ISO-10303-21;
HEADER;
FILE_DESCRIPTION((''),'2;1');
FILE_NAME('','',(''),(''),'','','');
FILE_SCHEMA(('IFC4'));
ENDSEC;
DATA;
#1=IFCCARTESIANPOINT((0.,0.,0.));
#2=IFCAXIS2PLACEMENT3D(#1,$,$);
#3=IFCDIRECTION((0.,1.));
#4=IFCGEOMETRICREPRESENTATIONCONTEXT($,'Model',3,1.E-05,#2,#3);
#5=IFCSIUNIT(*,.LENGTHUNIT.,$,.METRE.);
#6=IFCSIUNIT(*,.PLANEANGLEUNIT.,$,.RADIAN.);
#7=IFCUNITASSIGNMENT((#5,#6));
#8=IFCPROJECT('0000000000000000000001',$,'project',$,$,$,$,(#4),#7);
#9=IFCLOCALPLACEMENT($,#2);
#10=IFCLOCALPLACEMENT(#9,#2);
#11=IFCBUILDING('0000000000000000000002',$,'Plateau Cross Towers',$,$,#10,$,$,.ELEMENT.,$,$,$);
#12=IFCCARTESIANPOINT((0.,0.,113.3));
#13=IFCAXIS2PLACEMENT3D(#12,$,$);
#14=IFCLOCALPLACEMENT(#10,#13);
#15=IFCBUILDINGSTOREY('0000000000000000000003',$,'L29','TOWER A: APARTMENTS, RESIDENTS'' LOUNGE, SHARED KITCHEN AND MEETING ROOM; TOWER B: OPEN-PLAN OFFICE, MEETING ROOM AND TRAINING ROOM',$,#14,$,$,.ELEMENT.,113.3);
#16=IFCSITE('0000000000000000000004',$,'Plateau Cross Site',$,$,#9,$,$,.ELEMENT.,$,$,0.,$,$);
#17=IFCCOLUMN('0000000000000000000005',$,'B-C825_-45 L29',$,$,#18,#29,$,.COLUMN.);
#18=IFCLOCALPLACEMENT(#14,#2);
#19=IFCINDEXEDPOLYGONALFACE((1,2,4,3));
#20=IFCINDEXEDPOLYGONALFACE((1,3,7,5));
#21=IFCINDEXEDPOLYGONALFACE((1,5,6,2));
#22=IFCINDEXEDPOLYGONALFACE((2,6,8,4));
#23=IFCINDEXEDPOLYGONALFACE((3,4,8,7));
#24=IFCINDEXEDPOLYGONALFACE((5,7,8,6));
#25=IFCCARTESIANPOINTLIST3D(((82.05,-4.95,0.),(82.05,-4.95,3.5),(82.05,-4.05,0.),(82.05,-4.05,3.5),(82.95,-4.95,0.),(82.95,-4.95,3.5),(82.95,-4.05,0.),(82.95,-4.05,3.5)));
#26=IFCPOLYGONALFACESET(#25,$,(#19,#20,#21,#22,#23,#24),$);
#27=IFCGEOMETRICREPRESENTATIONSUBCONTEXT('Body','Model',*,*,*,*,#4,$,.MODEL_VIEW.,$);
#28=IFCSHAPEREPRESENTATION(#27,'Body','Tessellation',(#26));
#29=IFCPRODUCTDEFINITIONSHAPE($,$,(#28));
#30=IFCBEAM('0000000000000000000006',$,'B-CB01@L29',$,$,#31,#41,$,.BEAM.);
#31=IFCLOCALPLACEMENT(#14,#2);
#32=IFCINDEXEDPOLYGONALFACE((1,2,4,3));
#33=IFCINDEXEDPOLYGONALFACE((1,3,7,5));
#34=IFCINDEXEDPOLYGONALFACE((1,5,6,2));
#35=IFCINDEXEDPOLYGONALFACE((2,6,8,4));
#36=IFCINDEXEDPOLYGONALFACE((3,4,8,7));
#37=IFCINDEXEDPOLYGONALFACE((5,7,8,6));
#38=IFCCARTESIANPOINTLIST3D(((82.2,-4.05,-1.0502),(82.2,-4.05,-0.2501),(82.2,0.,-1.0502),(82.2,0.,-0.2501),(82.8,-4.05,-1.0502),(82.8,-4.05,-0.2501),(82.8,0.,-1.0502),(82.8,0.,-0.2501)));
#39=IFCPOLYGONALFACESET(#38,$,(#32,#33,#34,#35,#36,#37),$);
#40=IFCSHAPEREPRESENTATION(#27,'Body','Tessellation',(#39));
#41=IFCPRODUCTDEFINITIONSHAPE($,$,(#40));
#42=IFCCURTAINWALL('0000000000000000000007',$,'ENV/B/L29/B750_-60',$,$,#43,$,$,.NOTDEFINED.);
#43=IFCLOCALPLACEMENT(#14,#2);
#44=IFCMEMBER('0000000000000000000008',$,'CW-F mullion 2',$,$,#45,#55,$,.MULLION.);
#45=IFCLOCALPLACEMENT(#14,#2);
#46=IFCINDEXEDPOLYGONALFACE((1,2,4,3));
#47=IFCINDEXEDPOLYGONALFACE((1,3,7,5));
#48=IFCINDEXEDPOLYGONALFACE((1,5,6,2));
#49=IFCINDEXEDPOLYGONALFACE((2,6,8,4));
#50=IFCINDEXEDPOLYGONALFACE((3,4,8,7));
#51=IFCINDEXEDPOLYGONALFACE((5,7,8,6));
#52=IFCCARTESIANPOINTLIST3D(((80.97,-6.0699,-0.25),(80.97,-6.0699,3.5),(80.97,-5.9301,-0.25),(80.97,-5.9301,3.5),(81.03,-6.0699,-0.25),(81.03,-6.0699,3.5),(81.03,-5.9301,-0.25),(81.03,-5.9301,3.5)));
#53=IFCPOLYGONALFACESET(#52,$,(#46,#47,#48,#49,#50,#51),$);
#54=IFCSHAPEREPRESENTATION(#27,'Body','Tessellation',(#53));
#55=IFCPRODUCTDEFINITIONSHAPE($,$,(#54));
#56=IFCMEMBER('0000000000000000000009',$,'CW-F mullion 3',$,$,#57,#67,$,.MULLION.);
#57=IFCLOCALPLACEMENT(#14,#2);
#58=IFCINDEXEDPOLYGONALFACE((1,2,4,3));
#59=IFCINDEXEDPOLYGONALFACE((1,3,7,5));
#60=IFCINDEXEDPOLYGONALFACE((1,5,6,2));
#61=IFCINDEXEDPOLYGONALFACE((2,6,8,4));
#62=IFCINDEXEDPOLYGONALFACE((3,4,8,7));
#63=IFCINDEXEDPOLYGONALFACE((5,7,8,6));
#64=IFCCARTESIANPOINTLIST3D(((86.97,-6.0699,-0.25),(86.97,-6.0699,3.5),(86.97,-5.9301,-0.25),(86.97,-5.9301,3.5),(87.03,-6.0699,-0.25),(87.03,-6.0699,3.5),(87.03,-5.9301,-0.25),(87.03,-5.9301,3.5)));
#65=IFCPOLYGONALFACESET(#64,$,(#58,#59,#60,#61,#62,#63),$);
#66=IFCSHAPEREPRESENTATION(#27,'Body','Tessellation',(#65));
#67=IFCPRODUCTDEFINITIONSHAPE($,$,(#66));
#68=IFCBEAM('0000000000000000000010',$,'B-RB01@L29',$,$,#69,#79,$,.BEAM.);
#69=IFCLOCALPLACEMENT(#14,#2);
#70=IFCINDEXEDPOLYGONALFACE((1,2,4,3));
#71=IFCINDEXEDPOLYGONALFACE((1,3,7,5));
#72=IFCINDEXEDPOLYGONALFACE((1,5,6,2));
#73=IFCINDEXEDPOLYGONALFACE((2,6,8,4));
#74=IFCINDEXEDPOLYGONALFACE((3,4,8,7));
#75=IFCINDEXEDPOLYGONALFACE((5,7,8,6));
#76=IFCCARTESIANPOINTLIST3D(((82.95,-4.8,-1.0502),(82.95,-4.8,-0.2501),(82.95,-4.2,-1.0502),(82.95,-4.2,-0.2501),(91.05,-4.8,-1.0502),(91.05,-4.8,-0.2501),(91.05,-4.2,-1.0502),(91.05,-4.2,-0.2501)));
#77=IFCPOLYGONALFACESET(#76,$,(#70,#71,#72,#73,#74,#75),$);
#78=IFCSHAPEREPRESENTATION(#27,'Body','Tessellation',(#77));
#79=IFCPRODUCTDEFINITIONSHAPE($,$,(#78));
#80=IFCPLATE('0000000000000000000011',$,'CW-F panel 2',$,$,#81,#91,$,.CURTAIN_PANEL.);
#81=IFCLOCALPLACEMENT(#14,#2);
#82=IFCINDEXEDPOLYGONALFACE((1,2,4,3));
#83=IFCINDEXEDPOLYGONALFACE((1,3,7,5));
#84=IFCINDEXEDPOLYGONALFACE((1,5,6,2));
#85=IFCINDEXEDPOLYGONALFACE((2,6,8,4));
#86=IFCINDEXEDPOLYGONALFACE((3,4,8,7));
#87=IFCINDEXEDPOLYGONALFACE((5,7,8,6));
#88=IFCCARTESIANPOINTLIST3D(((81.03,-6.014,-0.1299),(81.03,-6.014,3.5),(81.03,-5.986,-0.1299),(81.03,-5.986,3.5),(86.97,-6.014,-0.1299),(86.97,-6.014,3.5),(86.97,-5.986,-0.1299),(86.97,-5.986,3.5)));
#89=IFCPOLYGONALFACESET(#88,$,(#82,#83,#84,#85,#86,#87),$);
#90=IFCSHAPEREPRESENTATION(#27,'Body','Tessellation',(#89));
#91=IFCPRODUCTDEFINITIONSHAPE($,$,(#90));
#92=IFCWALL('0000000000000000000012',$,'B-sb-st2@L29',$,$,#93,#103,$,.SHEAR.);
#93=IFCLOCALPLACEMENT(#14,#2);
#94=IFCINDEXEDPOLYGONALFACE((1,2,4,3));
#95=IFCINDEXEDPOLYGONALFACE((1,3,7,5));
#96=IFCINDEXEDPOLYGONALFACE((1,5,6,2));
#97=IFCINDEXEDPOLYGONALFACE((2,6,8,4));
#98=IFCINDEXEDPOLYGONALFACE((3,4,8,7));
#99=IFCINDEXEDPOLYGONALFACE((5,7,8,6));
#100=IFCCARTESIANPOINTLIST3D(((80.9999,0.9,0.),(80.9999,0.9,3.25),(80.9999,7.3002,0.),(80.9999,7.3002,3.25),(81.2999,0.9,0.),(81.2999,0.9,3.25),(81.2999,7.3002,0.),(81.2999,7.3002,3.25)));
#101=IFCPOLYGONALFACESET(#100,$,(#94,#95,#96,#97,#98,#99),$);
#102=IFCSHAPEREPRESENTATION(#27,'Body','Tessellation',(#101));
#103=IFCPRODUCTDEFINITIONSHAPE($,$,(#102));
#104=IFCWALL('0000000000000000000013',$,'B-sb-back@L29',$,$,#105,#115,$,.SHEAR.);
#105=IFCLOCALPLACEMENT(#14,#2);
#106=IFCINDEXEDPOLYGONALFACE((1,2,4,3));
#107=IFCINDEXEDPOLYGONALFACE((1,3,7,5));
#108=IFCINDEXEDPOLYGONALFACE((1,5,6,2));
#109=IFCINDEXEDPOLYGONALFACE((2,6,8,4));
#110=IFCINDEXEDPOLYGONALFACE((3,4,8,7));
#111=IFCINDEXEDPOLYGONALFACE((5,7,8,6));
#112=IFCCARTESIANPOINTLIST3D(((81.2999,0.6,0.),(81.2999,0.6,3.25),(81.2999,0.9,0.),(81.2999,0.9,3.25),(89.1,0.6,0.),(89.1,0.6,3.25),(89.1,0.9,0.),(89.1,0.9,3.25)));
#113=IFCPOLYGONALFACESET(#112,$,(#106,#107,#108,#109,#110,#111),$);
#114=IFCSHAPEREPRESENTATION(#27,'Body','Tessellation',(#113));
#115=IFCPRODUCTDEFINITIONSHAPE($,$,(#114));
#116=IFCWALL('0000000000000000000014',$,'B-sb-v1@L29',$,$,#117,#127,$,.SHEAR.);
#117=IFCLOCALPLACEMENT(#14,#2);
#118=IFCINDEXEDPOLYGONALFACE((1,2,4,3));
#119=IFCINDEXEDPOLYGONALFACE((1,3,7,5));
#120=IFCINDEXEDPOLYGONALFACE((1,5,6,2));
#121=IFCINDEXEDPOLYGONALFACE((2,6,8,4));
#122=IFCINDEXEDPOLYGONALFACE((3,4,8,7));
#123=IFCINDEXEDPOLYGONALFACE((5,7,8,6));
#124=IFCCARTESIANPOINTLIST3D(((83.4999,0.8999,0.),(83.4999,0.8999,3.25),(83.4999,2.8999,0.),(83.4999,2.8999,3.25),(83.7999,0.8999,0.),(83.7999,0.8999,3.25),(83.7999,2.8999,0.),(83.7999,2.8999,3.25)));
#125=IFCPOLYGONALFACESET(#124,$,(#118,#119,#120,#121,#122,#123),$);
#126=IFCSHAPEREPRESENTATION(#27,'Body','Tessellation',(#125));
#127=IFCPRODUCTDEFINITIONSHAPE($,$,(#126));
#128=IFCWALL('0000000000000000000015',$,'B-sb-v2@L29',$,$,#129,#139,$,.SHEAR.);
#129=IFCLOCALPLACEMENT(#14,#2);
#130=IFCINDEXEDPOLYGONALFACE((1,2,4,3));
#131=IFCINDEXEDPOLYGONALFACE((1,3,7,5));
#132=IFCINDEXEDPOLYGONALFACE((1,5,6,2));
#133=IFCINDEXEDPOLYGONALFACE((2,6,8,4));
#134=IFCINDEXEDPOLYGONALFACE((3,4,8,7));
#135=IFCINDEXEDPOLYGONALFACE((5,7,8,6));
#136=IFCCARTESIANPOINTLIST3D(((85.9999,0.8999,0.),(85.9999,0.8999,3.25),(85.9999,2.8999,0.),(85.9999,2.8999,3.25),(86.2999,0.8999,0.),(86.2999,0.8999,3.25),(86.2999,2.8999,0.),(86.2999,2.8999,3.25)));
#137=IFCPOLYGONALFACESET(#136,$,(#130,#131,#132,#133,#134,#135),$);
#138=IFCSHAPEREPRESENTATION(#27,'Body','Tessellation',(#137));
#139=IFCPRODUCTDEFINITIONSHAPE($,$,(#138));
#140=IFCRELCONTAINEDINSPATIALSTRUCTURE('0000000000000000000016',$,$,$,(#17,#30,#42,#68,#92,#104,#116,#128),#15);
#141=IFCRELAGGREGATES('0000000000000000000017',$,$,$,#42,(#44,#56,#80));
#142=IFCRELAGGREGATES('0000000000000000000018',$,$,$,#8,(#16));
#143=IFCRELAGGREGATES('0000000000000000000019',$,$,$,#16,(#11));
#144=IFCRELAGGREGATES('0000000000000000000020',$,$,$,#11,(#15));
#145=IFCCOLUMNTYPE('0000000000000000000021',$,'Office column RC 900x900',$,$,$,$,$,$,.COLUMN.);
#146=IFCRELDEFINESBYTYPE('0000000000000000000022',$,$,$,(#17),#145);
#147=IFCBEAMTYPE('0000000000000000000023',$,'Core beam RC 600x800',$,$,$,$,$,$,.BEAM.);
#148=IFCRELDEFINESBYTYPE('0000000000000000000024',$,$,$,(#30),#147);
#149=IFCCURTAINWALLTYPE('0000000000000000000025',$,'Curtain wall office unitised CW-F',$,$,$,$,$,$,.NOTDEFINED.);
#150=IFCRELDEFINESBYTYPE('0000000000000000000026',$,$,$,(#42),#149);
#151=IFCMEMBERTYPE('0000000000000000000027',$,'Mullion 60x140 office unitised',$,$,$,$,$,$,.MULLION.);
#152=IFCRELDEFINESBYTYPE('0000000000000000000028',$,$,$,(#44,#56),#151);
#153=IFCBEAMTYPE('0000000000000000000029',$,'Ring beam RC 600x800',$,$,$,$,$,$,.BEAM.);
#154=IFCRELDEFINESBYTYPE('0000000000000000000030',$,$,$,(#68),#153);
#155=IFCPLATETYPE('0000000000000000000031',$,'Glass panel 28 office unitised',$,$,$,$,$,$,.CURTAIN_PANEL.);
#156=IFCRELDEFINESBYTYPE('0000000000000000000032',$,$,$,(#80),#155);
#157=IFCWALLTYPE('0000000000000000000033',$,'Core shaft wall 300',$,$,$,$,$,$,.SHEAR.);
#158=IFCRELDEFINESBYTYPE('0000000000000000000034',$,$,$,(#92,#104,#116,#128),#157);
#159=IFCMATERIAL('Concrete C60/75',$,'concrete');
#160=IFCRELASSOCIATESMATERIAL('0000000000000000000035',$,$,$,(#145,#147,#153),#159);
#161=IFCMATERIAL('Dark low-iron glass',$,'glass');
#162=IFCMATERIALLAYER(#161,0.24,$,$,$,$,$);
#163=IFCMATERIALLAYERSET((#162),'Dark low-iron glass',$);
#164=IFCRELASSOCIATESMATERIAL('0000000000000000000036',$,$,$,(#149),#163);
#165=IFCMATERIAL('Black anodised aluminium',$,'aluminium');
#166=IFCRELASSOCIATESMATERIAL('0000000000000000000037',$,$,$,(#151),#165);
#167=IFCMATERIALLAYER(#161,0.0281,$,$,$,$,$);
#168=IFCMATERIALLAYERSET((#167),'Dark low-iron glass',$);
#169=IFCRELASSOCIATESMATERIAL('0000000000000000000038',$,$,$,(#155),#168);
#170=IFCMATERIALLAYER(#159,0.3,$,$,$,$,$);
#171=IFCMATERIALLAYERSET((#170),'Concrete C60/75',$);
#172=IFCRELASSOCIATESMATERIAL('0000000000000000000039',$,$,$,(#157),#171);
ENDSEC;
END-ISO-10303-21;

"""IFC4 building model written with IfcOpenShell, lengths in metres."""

from ifc_helpers import new_model, si_unit, direction, frame, frame_2d, origin, origin_2d, place, context, subcontext, project, spatial, rectangle, extrude, material, layer, layer_set, material_profile, profile_set, type_object, element, aggregate, save


model = new_model("IFC4")

# Units and contexts
model_context = context("Model", 3, precision=1e-05, world=origin(), true_north=direction((0.0, 1.0)))
body_context = subcontext(model_context, "Body", "Model", "MODEL_VIEW")
ifc_project = project(units=[si_unit("LENGTHUNIT", "METRE"), si_unit("PLANEANGLEUNIT", "RADIAN")], contexts=[model_context])

# Site, building, storey
site_placement = place(None, origin())
site = spatial("IfcSite", under=ifc_project, at=site_placement, Name="Plateau Cross Site", CompositionType="ELEMENT", RefElevation=0.0)
building_placement = place(site_placement, origin())
building = spatial("IfcBuilding", under=site, at=building_placement, Name="Plateau Cross Towers", CompositionType="ELEMENT")
storey_placement = place(building_placement, frame((0.0, 0.0, 113.3)))
storey = spatial("IfcBuildingStorey", under=building, at=storey_placement, Name="L29", Description="TOWER A: APARTMENTS, RESIDENTS' LOUNGE, SHARED KITCHEN AND MEETING ROOM; TOWER B: OPEN-PLAN OFFICE, MEETING ROOM AND TRAINING ROOM", CompositionType="ELEMENT", Elevation=113.3)

# Column
ifc_material_1 = material(Name="Concrete C60/75", Category="concrete")
ifc_material_profile_1 = material_profile(ifc_material_1, rectangle(XDim=0.8999, YDim=0.8999, at=origin_2d()), Name="RC 900x900")
ifc_profile_set_1 = profile_set([ifc_material_profile_1], Name="Concrete C60/75")
column_type = type_object("IfcColumnType", Name="Office column RC 900x900", PredefinedType="COLUMN", material=ifc_profile_set_1)
column_placement = place(storey_placement, frame((82.5, -4.5, 0.0), z_axis=(0.0, 0.0, 1.0), x_axis=(1.0, 0.0, 0.0)))
element("IfcColumn", 1, at=column_placement, inside=storey, type_object=column_type, Name="B-C825_-45 L29", PredefinedType="COLUMN", context=body_context, shape_type="SweptSolid", body=[
    extrude(rectangle(XDim=0.8999, YDim=0.8999, at=origin_2d()), origin(), (0.0, 0.0, 1.0), 3.5),
])

# Beam
ifc_material_profile_2 = material_profile(ifc_material_1, rectangle(XDim=0.6001, YDim=0.8, at=origin_2d()), Name="RC 600x800")
ifc_profile_set_2 = profile_set([ifc_material_profile_2], Name="Concrete C60/75")
beam_type_1 = type_object("IfcBeamType", Name="Core beam RC 600x800", PredefinedType="BEAM", material=ifc_profile_set_2)
beam_1_placement = place(storey_placement, frame((82.5, 0.0, -0.6501), z_axis=(0.0, -1.0, 0.0), x_axis=(1.0, 0.0, 0.0)))
element("IfcBeam", 2, at=beam_1_placement, inside=storey, type_object=beam_type_1, Name="B-CB01@L29", PredefinedType="BEAM", context=body_context, shape_type="SweptSolid", body=[
    extrude(rectangle(XDim=0.6001, YDim=0.8, at=origin_2d()), origin(), (0.0, 0.0, 1.0), 4.05),
])

# Curtain wall, members
ifc_material_2 = material(Name="Dark low-iron glass", Category="glass")
ifc_layer_1 = layer(ifc_material_2, 0.24)
ifc_layer_set_1 = layer_set([ifc_layer_1], Name="Dark low-iron glass")
curtain_wall_type = type_object("IfcCurtainWallType", Name="Curtain wall office unitised CW-F", PredefinedType="NOTDEFINED", material=ifc_layer_set_1)
curtain_wall_placement = place(storey_placement, origin())
curtain_wall = element("IfcCurtainWall", 3, at=curtain_wall_placement, inside=storey, type_object=curtain_wall_type, Name="ENV/B/L29/B750_-60", PredefinedType="NOTDEFINED")
ifc_material_3 = material(Name="Black anodised aluminium", Category="aluminium")
ifc_material_profile_3 = material_profile(ifc_material_3, rectangle(XDim=0.0601, YDim=0.1399, at=origin_2d()), Name="MULLION 60x140")
ifc_profile_set_3 = profile_set([ifc_material_profile_3], Name="Black anodised aluminium")
member_type = type_object("IfcMemberType", Name="Mullion 60x140 office unitised", PredefinedType="MULLION", material=ifc_profile_set_3)
member_1_placement = place(storey_placement, frame((81.0, -6.0, -0.25), z_axis=(0.0, 0.0, 1.0), x_axis=(1.0, 0.0, 0.0)))
member_1 = element("IfcMember", 4, at=member_1_placement, type_object=member_type, Name="CW-F mullion 2", PredefinedType="MULLION", context=body_context, shape_type="SweptSolid", body=[
    extrude(rectangle(XDim=0.0601, YDim=0.1399, at=origin_2d()), origin(), (0.0, 0.0, 1.0), 3.75),
])
member_2_placement = place(storey_placement, frame((87.0, -6.0, -0.25), z_axis=(0.0, 0.0, 1.0), x_axis=(1.0, 0.0, 0.0)))
member_2 = element("IfcMember", 5, at=member_2_placement, type_object=member_type, Name="CW-F mullion 3", PredefinedType="MULLION", context=body_context, shape_type="SweptSolid", body=[
    extrude(rectangle(XDim=0.0601, YDim=0.1399, at=origin_2d()), origin(), (0.0, 0.0, 1.0), 3.75),
])

# Beam
ifc_material_profile_4 = material_profile(ifc_material_1, rectangle(XDim=0.6001, YDim=0.8, at=origin_2d()), Name="RC 600x800")
ifc_profile_set_4 = profile_set([ifc_material_profile_4], Name="Concrete C60/75")
beam_type_2 = type_object("IfcBeamType", Name="Ring beam RC 600x800", PredefinedType="BEAM", material=ifc_profile_set_4)
beam_2_placement = place(storey_placement, frame((82.95, -4.5, -0.6501), z_axis=(1.0, 0.0, 0.0), x_axis=(0.0, 1.0, 0.0)))
element("IfcBeam", 6, at=beam_2_placement, inside=storey, type_object=beam_type_2, Name="B-RB01@L29", PredefinedType="BEAM", context=body_context, shape_type="SweptSolid", body=[
    extrude(rectangle(XDim=0.6001, YDim=0.8, at=origin_2d()), origin(), (0.0, 0.0, 1.0), 8.1001),
])

# Plate
ifc_layer_2 = layer(ifc_material_2, 0.0281)
ifc_layer_set_2 = layer_set([ifc_layer_2], Name="Dark low-iron glass")
plate_type = type_object("IfcPlateType", Name="Glass panel 28 office unitised", PredefinedType="CURTAIN_PANEL", material=ifc_layer_set_2)
plate_placement = place(storey_placement, frame((84.0, -6.0, -0.1299), z_axis=(0.0, 0.0, 1.0), x_axis=(1.0, 0.0, 0.0)))
plate = element("IfcPlate", 7, at=plate_placement, type_object=plate_type, Name="CW-F panel 2", PredefinedType="CURTAIN_PANEL", context=body_context, shape_type="SweptSolid", body=[
    extrude(rectangle(XDim=5.9399, YDim=0.0281, at=origin_2d()), origin(), (0.0, 0.0, 1.0), 3.6299),
])
aggregate(curtain_wall, [member_1, member_2, plate])

# Walls
ifc_layer_3 = layer(ifc_material_1, 0.3)
ifc_layer_set_3 = layer_set([ifc_layer_3], Name="Concrete C60/75")
wall_type_1 = type_object("IfcWallType", Name="Core shaft wall 300", PredefinedType="SHEAR", material=ifc_layer_set_3)
wall_1_placement = place(storey_placement, frame((81.1499, 0.8999, 0.0), z_axis=(0.0, 0.0, 1.0), x_axis=(0.0, 1.0, 0.0)))
element("IfcWall", 8, at=wall_1_placement, inside=storey, type_object=wall_type_1, Name="B-sb-st2@L29", PredefinedType="SHEAR", context=body_context, shape_type="SweptSolid", body=[
    extrude(rectangle(XDim=6.4001, YDim=0.3, at=frame_2d((3.2002, 0.0))), origin(), (0.0, 0.0, 1.0), 3.25),
])
wall_2_placement = place(storey_placement, frame((81.3, 0.75, 0.0), z_axis=(0.0, 0.0, 1.0), x_axis=(1.0, 0.0, 0.0)))
element("IfcWall", 9, at=wall_2_placement, inside=storey, type_object=wall_type_1, Name="B-sb-back@L29", PredefinedType="SHEAR", context=body_context, shape_type="SweptSolid", body=[
    extrude(rectangle(XDim=7.8, YDim=0.3, at=frame_2d((3.8999, 0.0))), origin(), (0.0, 0.0, 1.0), 3.25),
])
for number, where, z_axis, x_axis, name in (
    (10, (83.6499, 0.8999, 0.0), (0.0, 0.0, 1.0), (0.0, 1.0, 0.0), "B-sb-v1@L29"),
    (11, (86.1499, 0.8999, 0.0), (0.0, 0.0, 1.0), (0.0, 1.0, 0.0), "B-sb-v2@L29"),
):
    element("IfcWall", number, at=place(storey_placement, frame(where, z_axis=z_axis, x_axis=x_axis)), inside=storey, type_object=wall_type_1, Name=name, PredefinedType="SHEAR", context=body_context, shape_type="SweptSolid", body=[
        extrude(rectangle(XDim=2.0, YDim=0.3, at=frame_2d((1.0, 0.0))), origin(), (0.0, 0.0, 1.0), 3.25),
    ])

save(model, "model.ifc")
